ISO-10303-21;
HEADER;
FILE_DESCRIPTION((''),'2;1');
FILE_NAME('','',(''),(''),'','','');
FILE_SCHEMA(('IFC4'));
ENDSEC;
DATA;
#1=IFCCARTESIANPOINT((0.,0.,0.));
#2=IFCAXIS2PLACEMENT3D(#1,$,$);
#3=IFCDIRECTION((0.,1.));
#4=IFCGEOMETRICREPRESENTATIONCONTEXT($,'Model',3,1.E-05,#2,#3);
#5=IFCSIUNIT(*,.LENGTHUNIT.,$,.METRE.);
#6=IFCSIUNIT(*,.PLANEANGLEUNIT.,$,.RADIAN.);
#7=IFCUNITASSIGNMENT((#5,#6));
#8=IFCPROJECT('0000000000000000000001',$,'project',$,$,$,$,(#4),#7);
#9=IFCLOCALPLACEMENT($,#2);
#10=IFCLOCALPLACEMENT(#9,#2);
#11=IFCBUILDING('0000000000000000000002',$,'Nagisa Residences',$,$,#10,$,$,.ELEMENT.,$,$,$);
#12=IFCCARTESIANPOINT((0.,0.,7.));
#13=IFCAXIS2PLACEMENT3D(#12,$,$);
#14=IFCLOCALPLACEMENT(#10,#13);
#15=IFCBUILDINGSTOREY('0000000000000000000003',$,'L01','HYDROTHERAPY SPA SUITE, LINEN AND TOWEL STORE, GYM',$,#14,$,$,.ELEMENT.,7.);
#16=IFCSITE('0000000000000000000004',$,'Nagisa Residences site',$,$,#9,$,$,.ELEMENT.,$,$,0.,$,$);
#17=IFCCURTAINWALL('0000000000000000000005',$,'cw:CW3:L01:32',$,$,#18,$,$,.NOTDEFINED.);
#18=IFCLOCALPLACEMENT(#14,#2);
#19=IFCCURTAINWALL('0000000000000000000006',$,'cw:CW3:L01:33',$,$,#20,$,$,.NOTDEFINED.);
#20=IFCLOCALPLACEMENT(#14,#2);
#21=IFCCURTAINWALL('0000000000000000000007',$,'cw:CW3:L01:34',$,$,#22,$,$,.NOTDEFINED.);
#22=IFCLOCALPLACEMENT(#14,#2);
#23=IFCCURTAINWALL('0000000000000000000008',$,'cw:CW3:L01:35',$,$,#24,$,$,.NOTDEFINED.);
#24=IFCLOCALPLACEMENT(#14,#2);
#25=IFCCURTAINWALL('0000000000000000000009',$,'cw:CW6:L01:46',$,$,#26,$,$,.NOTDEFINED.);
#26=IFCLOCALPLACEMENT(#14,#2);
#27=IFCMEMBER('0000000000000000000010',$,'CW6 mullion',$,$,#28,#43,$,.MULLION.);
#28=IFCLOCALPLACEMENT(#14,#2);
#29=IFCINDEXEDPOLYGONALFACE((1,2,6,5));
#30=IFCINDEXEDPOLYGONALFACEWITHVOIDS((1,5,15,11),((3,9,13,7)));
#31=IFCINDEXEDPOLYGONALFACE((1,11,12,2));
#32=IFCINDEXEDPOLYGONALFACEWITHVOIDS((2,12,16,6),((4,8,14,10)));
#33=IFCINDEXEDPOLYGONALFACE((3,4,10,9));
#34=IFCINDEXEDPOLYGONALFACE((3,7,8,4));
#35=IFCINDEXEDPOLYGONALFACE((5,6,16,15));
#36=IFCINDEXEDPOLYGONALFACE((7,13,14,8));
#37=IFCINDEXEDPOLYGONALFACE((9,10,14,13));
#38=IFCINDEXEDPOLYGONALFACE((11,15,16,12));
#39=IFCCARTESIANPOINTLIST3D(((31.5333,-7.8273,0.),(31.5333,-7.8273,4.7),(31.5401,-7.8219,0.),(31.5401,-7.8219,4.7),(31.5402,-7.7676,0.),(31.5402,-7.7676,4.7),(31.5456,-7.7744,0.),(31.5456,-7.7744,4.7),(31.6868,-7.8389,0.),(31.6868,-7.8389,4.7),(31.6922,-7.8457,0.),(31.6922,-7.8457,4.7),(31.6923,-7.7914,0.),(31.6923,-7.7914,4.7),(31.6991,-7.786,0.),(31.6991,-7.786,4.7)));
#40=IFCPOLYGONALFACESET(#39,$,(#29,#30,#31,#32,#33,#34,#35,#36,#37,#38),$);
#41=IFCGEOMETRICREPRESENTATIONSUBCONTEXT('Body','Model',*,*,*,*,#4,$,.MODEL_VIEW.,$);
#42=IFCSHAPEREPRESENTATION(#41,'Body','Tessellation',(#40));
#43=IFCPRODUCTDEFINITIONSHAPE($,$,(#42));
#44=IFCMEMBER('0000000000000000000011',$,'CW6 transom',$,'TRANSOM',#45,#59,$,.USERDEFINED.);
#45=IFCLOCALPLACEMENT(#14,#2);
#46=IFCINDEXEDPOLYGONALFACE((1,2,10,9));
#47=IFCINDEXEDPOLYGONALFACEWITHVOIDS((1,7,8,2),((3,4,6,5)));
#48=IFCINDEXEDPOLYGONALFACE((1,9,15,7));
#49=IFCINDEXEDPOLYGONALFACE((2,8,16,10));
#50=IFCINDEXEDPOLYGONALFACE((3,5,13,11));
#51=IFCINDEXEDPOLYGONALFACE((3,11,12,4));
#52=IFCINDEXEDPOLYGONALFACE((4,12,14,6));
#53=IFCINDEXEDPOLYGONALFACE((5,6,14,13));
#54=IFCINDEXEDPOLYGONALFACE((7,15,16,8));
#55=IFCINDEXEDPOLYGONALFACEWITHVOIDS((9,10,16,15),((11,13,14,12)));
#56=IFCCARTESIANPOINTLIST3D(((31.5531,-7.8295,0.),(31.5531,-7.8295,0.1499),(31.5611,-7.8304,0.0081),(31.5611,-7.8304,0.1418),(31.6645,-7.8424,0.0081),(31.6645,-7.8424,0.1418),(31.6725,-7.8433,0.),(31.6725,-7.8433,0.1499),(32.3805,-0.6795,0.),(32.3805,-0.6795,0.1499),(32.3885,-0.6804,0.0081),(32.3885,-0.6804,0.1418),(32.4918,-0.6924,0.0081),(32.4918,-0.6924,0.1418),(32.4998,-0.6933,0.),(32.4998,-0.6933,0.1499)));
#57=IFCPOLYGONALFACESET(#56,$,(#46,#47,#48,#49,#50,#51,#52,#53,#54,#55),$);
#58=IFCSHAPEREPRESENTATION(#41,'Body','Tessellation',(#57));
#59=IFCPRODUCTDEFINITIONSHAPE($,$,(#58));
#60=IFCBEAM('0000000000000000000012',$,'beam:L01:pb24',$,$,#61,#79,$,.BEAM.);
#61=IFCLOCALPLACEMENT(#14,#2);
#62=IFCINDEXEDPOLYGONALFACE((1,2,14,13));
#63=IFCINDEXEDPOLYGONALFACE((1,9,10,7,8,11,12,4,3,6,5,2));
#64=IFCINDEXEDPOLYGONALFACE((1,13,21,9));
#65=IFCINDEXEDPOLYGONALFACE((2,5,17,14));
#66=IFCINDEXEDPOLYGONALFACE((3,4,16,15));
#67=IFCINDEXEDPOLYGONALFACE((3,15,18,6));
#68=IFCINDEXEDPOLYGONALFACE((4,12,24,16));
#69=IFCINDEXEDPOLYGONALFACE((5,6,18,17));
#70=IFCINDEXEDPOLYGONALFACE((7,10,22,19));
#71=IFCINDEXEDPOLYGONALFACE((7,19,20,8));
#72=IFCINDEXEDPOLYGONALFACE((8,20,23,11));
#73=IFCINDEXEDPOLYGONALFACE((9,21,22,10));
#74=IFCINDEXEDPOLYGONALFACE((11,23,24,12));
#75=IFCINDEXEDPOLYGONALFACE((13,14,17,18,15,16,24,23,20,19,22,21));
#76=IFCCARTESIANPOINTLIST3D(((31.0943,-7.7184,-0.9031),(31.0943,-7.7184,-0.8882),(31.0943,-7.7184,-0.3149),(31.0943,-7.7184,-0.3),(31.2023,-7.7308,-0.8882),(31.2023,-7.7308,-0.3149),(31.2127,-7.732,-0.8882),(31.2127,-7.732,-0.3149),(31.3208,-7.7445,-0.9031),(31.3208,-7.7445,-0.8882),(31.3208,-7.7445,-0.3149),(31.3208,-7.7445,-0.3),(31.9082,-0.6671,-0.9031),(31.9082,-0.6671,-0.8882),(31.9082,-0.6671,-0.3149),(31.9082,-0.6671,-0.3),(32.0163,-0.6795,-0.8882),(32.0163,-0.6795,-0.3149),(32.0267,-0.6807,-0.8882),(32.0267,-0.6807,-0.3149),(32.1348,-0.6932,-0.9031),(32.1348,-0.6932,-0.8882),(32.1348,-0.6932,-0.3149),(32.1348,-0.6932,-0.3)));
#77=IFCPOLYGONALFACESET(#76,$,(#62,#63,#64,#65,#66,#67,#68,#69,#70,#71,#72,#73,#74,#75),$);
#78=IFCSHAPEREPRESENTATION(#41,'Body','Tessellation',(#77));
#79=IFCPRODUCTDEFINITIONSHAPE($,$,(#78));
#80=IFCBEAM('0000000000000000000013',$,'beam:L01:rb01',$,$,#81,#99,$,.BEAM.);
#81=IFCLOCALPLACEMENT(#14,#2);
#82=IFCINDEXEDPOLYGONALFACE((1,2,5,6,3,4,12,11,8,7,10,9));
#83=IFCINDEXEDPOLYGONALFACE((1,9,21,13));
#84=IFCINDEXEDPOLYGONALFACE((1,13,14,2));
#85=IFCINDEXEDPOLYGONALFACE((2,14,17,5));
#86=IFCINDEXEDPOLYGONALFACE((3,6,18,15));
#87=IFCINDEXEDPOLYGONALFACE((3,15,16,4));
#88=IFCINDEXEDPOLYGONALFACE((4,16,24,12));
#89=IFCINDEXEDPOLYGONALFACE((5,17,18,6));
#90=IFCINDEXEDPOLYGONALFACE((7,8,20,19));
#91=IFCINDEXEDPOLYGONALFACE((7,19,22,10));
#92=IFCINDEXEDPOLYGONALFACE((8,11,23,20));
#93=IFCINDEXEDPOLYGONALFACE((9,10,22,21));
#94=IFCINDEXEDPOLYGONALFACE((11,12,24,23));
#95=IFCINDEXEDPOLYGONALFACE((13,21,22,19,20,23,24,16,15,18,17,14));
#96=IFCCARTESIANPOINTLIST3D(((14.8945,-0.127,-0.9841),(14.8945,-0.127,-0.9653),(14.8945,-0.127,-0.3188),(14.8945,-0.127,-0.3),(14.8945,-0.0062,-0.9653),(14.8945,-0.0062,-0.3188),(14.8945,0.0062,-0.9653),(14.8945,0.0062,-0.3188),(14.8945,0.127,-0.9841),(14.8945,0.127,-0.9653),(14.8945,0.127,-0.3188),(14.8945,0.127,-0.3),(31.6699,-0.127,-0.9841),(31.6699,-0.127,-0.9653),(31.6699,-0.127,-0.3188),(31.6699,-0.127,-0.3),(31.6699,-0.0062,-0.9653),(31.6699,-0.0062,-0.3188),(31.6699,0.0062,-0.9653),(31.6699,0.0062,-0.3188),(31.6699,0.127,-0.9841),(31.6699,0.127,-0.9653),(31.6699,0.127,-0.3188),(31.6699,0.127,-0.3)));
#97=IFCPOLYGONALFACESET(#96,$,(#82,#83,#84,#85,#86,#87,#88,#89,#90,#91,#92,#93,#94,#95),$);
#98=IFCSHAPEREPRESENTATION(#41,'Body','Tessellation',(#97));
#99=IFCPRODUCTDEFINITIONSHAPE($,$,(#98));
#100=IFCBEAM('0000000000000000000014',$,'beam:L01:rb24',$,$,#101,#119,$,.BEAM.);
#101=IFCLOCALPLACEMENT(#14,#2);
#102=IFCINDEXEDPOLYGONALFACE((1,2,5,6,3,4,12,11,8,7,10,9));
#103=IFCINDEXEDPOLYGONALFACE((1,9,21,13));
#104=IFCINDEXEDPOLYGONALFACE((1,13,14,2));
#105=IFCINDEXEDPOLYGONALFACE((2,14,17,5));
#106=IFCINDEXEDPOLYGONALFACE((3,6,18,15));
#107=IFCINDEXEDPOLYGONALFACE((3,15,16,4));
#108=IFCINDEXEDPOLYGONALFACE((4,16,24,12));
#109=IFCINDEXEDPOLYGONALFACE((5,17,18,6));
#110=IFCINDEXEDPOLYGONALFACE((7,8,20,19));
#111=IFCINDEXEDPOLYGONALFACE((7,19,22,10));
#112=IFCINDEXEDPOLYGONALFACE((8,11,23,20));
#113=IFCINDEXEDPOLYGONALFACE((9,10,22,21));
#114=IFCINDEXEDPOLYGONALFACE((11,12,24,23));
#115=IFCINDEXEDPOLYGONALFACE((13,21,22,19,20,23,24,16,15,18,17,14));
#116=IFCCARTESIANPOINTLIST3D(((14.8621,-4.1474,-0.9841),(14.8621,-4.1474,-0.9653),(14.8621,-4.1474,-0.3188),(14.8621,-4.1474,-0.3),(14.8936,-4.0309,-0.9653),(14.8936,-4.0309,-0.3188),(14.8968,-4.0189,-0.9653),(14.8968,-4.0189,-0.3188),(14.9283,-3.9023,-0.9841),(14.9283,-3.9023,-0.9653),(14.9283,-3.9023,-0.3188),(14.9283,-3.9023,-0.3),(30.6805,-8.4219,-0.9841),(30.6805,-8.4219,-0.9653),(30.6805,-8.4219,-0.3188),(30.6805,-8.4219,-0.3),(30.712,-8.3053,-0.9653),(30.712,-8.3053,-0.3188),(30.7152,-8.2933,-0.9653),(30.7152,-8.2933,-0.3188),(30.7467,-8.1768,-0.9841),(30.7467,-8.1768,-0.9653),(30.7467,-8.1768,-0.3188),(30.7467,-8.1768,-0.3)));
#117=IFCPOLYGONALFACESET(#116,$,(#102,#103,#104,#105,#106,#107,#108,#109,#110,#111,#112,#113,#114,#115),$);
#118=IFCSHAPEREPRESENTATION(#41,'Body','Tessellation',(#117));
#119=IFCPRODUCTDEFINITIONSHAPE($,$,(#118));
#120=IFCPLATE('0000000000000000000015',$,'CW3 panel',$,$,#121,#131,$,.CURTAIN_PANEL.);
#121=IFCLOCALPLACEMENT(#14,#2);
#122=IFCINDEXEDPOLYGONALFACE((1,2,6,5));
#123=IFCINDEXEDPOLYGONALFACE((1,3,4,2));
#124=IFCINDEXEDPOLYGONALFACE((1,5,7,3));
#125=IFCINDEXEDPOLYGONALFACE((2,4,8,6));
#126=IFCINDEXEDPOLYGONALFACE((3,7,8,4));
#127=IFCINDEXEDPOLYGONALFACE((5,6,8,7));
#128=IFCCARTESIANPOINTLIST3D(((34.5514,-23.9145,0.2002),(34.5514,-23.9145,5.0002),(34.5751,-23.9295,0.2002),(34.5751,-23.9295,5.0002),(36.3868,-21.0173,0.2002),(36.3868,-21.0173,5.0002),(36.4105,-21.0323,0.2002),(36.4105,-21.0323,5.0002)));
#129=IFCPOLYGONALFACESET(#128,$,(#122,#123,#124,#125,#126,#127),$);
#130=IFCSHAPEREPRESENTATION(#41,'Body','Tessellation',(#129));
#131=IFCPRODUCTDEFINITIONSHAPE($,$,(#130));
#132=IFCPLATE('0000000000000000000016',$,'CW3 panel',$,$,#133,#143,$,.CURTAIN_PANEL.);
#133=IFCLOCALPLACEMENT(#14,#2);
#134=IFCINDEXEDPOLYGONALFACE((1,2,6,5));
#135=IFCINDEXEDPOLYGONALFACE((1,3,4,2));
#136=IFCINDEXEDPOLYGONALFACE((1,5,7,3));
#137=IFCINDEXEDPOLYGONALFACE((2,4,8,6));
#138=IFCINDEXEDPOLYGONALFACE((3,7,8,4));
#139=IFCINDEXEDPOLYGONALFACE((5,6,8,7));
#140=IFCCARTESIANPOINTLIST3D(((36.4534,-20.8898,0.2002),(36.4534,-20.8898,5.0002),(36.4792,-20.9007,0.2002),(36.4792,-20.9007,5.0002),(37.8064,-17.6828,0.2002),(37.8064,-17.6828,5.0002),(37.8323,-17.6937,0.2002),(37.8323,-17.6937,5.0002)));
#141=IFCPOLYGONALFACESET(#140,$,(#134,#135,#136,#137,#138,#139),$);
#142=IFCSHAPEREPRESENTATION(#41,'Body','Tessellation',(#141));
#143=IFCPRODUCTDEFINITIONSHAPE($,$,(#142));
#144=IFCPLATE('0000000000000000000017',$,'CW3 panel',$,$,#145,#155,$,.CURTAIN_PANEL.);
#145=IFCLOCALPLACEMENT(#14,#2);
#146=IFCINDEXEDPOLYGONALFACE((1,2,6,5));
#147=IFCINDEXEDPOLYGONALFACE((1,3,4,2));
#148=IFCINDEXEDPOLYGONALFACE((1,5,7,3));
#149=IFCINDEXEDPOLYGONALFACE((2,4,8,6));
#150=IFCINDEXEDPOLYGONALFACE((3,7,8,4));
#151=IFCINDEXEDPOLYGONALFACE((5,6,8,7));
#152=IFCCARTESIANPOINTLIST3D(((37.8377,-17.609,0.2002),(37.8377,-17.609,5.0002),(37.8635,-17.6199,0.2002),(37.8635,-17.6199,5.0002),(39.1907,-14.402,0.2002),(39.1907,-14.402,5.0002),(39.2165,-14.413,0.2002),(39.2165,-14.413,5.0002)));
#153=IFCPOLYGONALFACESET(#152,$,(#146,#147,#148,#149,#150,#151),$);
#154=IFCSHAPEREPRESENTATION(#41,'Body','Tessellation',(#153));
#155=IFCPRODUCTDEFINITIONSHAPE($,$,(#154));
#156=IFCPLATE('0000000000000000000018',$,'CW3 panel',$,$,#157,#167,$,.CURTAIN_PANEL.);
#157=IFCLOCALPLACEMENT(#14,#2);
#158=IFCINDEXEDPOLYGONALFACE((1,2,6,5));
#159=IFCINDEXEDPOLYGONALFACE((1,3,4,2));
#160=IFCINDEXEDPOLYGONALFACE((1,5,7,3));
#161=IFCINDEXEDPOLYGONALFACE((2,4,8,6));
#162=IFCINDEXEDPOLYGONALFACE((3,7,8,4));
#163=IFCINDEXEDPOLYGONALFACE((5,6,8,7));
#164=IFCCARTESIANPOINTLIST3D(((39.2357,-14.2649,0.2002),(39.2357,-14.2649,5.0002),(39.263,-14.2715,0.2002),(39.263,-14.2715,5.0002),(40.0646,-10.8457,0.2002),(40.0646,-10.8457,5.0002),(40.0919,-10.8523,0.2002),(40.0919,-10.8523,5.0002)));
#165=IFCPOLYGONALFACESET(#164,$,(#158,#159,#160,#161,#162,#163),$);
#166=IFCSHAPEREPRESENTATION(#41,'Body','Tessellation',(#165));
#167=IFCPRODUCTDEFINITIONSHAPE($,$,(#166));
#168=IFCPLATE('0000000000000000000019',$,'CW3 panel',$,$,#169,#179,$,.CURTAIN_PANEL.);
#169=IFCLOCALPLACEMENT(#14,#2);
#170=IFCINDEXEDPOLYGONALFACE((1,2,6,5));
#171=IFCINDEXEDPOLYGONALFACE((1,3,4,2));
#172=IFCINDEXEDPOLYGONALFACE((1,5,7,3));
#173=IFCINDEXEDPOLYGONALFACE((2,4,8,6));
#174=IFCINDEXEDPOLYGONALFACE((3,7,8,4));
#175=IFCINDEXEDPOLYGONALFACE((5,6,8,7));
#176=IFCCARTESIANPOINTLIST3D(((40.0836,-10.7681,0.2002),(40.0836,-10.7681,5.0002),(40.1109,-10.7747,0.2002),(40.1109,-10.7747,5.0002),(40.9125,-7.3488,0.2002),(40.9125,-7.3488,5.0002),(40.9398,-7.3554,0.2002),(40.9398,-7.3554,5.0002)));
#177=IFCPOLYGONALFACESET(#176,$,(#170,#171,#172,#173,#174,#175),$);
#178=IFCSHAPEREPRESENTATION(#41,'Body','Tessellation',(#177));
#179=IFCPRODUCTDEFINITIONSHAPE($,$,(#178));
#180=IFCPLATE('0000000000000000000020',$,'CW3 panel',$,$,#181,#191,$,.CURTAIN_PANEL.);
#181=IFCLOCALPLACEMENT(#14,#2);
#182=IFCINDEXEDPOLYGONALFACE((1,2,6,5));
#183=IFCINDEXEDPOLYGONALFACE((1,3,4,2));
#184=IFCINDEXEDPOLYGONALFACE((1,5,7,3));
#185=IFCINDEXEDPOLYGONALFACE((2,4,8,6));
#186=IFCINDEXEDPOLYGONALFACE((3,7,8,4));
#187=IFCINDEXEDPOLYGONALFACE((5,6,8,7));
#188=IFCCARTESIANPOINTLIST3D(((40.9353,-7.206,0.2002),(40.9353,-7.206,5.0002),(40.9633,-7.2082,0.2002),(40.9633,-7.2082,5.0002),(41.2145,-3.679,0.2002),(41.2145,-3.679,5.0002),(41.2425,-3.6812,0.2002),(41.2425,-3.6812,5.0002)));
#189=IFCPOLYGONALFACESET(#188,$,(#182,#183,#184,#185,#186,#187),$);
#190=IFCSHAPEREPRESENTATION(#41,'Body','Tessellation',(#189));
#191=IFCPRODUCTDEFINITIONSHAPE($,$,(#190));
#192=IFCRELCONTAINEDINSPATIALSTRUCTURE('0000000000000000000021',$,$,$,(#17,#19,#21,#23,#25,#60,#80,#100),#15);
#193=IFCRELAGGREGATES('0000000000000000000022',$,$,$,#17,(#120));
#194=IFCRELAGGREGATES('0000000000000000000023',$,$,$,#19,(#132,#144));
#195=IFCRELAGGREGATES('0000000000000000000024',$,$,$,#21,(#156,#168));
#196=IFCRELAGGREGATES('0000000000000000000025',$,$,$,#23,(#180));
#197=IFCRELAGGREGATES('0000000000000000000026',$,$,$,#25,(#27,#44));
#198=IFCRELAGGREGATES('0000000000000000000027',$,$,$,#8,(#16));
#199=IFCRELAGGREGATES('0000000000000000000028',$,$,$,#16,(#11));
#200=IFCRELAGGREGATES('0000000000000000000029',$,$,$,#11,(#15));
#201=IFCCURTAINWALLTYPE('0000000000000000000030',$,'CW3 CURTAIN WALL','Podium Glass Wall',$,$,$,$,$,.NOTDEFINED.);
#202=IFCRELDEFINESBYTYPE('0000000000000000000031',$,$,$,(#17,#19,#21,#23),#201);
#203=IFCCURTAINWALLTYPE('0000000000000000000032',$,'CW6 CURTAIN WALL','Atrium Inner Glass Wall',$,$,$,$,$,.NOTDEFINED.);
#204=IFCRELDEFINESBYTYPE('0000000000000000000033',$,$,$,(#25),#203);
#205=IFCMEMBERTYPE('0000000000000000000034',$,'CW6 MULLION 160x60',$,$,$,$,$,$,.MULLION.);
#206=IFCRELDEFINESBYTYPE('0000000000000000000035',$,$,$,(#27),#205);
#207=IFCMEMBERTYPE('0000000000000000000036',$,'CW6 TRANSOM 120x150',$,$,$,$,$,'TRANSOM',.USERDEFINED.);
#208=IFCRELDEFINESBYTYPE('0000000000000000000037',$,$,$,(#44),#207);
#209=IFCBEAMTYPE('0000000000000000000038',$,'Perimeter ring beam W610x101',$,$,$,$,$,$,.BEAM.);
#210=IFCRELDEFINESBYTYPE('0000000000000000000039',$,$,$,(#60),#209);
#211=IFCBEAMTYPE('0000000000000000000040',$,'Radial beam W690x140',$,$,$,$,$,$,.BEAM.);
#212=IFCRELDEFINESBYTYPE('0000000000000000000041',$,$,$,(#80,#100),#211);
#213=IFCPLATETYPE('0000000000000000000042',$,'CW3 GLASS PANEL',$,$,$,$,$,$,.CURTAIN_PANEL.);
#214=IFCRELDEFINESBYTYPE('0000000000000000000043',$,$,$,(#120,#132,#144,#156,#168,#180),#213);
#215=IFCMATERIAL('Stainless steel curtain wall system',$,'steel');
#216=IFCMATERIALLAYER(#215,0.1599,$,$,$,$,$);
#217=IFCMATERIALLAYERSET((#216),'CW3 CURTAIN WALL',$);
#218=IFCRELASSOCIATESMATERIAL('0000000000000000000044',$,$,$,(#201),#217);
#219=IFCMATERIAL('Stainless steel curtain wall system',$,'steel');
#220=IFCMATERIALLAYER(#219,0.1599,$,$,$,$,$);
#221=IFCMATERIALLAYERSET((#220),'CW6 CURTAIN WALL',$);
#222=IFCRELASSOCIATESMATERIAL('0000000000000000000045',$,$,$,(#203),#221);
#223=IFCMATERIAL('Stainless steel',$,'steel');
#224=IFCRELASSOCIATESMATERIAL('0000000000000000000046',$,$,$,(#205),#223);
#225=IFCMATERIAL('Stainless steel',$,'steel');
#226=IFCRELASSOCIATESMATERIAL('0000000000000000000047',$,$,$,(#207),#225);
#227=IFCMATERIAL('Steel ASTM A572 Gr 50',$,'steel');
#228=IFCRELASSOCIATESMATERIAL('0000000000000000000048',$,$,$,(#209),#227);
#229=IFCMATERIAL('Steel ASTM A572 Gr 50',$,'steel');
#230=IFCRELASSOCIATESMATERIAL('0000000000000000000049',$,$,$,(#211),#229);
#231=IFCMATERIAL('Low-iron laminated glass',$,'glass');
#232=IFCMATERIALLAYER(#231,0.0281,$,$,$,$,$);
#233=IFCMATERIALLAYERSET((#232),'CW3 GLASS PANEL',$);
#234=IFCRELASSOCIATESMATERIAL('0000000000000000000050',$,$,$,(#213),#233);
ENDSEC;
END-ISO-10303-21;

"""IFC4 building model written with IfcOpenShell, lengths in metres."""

from ifc_helpers import new_model, si_unit, direction, frame, origin, origin_2d, place, context, subcontext, project, spatial, rectangle, hollow_rectangle, i_section, extrude, material, layer, layer_set, material_profile, profile_set, type_object, element, aggregate, save


model = new_model("IFC4")

# Units and contexts
model_context = context("Model", 3, precision=1e-05, world=origin(), true_north=direction((0.0, 1.0)))
body_context = subcontext(model_context, "Body", "Model", "MODEL_VIEW")
ifc_project = project(units=[si_unit("LENGTHUNIT", "METRE"), si_unit("PLANEANGLEUNIT", "RADIAN")], contexts=[model_context])

# Site, building, storey
site_placement = place(None, origin())
site = spatial("IfcSite", under=ifc_project, at=site_placement, Name="Nagisa Residences site", CompositionType="ELEMENT", RefElevation=0.0)
building_placement = place(site_placement, origin())
building = spatial("IfcBuilding", under=site, at=building_placement, Name="Nagisa Residences", CompositionType="ELEMENT")
storey_placement = place(building_placement, frame((0.0, 0.0, 7.0)))
storey = spatial("IfcBuildingStorey", under=building, at=storey_placement, Name="L01", Description="HYDROTHERAPY SPA SUITE, LINEN AND TOWEL STORE, GYM", CompositionType="ELEMENT", Elevation=7.0)

# Curtain wall
ifc_material_1 = material(Name="Stainless steel curtain wall system", Category="steel")
ifc_layer_1 = layer(ifc_material_1, 0.1599)
ifc_layer_set_1 = layer_set([ifc_layer_1], Name="CW3 CURTAIN WALL")
curtain_wall_type_1 = type_object("IfcCurtainWallType", Name="CW3 CURTAIN WALL", Description="Podium Glass Wall", PredefinedType="NOTDEFINED", material=ifc_layer_set_1)
curtain_wall_1_placement = place(storey_placement, origin())
curtain_wall_1 = element("IfcCurtainWall", 1, at=curtain_wall_1_placement, inside=storey, type_object=curtain_wall_type_1, Name="cw:CW3:L01:32", PredefinedType="NOTDEFINED")

# Curtain walls
curtain_wall_2_placement = place(storey_placement, origin())
curtain_wall_2 = element("IfcCurtainWall", 2, at=curtain_wall_2_placement, inside=storey, type_object=curtain_wall_type_1, Name="cw:CW3:L01:33", PredefinedType="NOTDEFINED")
curtain_wall_3_placement = place(storey_placement, origin())
curtain_wall_3 = element("IfcCurtainWall", 3, at=curtain_wall_3_placement, inside=storey, type_object=curtain_wall_type_1, Name="cw:CW3:L01:34", PredefinedType="NOTDEFINED")
curtain_wall_4_placement = place(storey_placement, origin())
curtain_wall_4 = element("IfcCurtainWall", 4, at=curtain_wall_4_placement, inside=storey, type_object=curtain_wall_type_1, Name="cw:CW3:L01:35", PredefinedType="NOTDEFINED")

# Curtain wall, members
ifc_material_2 = material(Name="Stainless steel curtain wall system", Category="steel")
ifc_layer_2 = layer(ifc_material_2, 0.1599)
ifc_layer_set_2 = layer_set([ifc_layer_2], Name="CW6 CURTAIN WALL")
curtain_wall_type_2 = type_object("IfcCurtainWallType", Name="CW6 CURTAIN WALL", Description="Atrium Inner Glass Wall", PredefinedType="NOTDEFINED", material=ifc_layer_set_2)
curtain_wall_5_placement = place(storey_placement, origin())
curtain_wall_5 = element("IfcCurtainWall", 5, at=curtain_wall_5_placement, inside=storey, type_object=curtain_wall_type_2, Name="cw:CW6:L01:46", PredefinedType="NOTDEFINED")
ifc_material_3 = material(Name="Stainless steel", Category="steel")
ifc_material_profile_1 = material_profile(ifc_material_3, hollow_rectangle(XDim=0.1599, YDim=0.0601, WallThickness=0.0061, at=origin_2d()), Name="CW6 MULLION 160x60")
ifc_profile_set_1 = profile_set([ifc_material_profile_1], Name="Stainless steel")
member_type_1 = type_object("IfcMemberType", Name="CW6 MULLION 160x60", PredefinedType="MULLION", material=ifc_profile_set_1)
member_1_placement = place(storey_placement, frame((31.6162, -7.8066, 0.0), z_axis=(0.0, 0.0, 1.0), x_axis=(-0.993374, 0.114928, 0.0)))
member_1 = element("IfcMember", 6, at=member_1_placement, type_object=member_type_1, Name="CW6 mullion", PredefinedType="MULLION", context=body_context, shape_type="SweptSolid", body=[
    extrude(hollow_rectangle(XDim=0.1599, YDim=0.0601, WallThickness=0.0061, at=origin_2d()), origin(), (0.0, 0.0, 1.0), 4.7),
])
ifc_material_4 = material(Name="Stainless steel", Category="steel")
ifc_material_profile_2 = material_profile(ifc_material_4, hollow_rectangle(XDim=0.1201, YDim=0.1499, WallThickness=0.0081, at=origin_2d()), Name="CW6 TRANSOM 120x150")
ifc_profile_set_2 = profile_set([ifc_material_profile_2], Name="Stainless steel")
member_type_2 = type_object("IfcMemberType", Name="CW6 TRANSOM 120x150", ElementType="TRANSOM", PredefinedType="USERDEFINED", material=ifc_profile_set_2)
member_2_placement = place(storey_placement, frame((31.6128, -7.8364, 0.075), z_axis=(0.11495, 0.993371, 0.0), x_axis=(-0.993371, 0.11495, 0.0)))
member_2 = element("IfcMember", 7, at=member_2_placement, type_object=member_type_2, Name="CW6 transom", ObjectType="TRANSOM", PredefinedType="USERDEFINED", context=body_context, shape_type="SweptSolid", body=[
    extrude(hollow_rectangle(XDim=0.1201, YDim=0.1499, WallThickness=0.0081, at=origin_2d()), origin(), (0.0, 0.0, 1.0), 7.1978),
])

# Beams
ifc_material_5 = material(Name="Steel ASTM A572 Gr 50", Category="steel")
ifc_material_profile_3 = material_profile(ifc_material_5, i_section(OverallWidth=0.228, OverallDepth=0.603, WebThickness=0.0105, FlangeThickness=0.0149, at=origin_2d()), Name="W610x101")
ifc_profile_set_3 = profile_set([ifc_material_profile_3], Name="Steel ASTM A572 Gr 50")
beam_type_1 = type_object("IfcBeamType", Name="Perimeter ring beam W610x101", PredefinedType="BEAM", material=ifc_profile_set_3)
beam_1_placement = place(storey_placement, frame((31.2075, -7.7314, -0.6016), z_axis=(0.114674, 0.993403, 0.0), x_axis=(-0.993403, 0.114674, 0.0)))
element("IfcBeam", 8, at=beam_1_placement, inside=storey, type_object=beam_type_1, Name="beam:L01:pb24", PredefinedType="BEAM", context=body_context, shape_type="SweptSolid", body=[
    extrude(i_section(OverallWidth=0.228, OverallDepth=0.603, WebThickness=0.0105, FlangeThickness=0.0149, at=origin_2d()), origin(), (0.0, 0.0, 1.0), 7.0981),
])
ifc_material_6 = material(Name="Steel ASTM A572 Gr 50", Category="steel")
ifc_material_profile_4 = material_profile(ifc_material_6, i_section(OverallWidth=0.2539, OverallDepth=0.6841, WebThickness=0.0125, FlangeThickness=0.0188, at=origin_2d()), Name="W690x140")
ifc_profile_set_4 = profile_set([ifc_material_profile_4], Name="Steel ASTM A572 Gr 50")
beam_type_2 = type_object("IfcBeamType", Name="Radial beam W690x140", PredefinedType="BEAM", material=ifc_profile_set_4)
beam_2_placement = place(storey_placement, frame((31.6699, 0.0, -0.6421), z_axis=(-1.0, 0.0, 0.0), x_axis=(0.0, -1.0, 0.0)))
element("IfcBeam", 9, at=beam_2_placement, inside=storey, type_object=beam_type_2, Name="beam:L01:rb01", PredefinedType="BEAM", context=body_context, shape_type="SweptSolid", body=[
    extrude(i_section(OverallWidth=0.2539, OverallDepth=0.6841, WebThickness=0.0125, FlangeThickness=0.0188, at=origin_2d()), origin(), (0.0, 0.0, 1.0), 16.7754),
])
beam_3_placement = place(storey_placement, frame((30.7136, -8.2993, -0.6421), z_axis=(-0.965376, 0.260862, 0.0), x_axis=(-0.260862, -0.965376, 0.0)))
element("IfcBeam", 10, at=beam_3_placement, inside=storey, type_object=beam_type_2, Name="beam:L01:rb24", PredefinedType="BEAM", context=body_context, shape_type="SweptSolid", body=[
    extrude(i_section(OverallWidth=0.2539, OverallDepth=0.6841, WebThickness=0.0125, FlangeThickness=0.0188, at=origin_2d()), origin(), (0.0, 0.0, 1.0), 16.3857),
])

# Plates
ifc_material_7 = material(Name="Low-iron laminated glass", Category="glass")
ifc_layer_3 = layer(ifc_material_7, 0.0281)
ifc_layer_set_3 = layer_set([ifc_layer_3], Name="CW3 GLASS PANEL")
plate_type_1 = type_object("IfcPlateType", Name="CW3 GLASS PANEL", PredefinedType="CURTAIN_PANEL", material=ifc_layer_set_3)
plate_1_placement = place(storey_placement, frame((35.481, -22.4734, 0.2002), z_axis=(0.0, 0.0, 1.0), x_axis=(0.535165, 0.844747, 0.0)))
plate_1 = element("IfcPlate", 11, at=plate_1_placement, type_object=plate_type_1, Name="CW3 panel", PredefinedType="CURTAIN_PANEL", context=body_context, shape_type="SweptSolid", body=[
    extrude(rectangle(XDim=3.4297, YDim=0.0281, at=origin_2d()), origin(), (0.0, 0.0, 1.0), 4.8),
])
aggregate(curtain_wall_1, [plate_1])
plate_2_placement = place(storey_placement, frame((37.1428, -19.2917, 0.2002), z_axis=(0.0, 0.0, 1.0), x_axis=(0.388718, 0.921357, 0.0)))
plate_2 = element("IfcPlate", 12, at=plate_2_placement, type_object=plate_type_1, Name="CW3 panel", PredefinedType="CURTAIN_PANEL", context=body_context, shape_type="SweptSolid", body=[
    extrude(rectangle(XDim=3.4807, YDim=0.0281, at=origin_2d()), origin(), (0.0, 0.0, 1.0), 4.8),
])
plate_3_placement = place(storey_placement, frame((38.5271, -16.011, 0.2002), z_axis=(0.0, 0.0, 1.0), x_axis=(0.388718, 0.921357, 0.0)))
plate_3 = element("IfcPlate", 13, at=plate_3_placement, type_object=plate_type_1, Name="CW3 panel", PredefinedType="CURTAIN_PANEL", context=body_context, shape_type="SweptSolid", body=[
    extrude(rectangle(XDim=3.4807, YDim=0.0281, at=origin_2d()), origin(), (0.0, 0.0, 1.0), 4.8),
])
aggregate(curtain_wall_2, [plate_2, plate_3])
plate_4_placement = place(storey_placement, frame((39.6638, -12.5586, 0.2002), z_axis=(0.0, 0.0, 1.0), x_axis=(0.235606, 0.971849, 0.0)))
plate_4 = element("IfcPlate", 14, at=plate_4_placement, type_object=plate_type_1, Name="CW3 panel", PredefinedType="CURTAIN_PANEL", context=body_context, shape_type="SweptSolid", body=[
    extrude(rectangle(XDim=3.5183, YDim=0.0281, at=origin_2d()), origin(), (0.0, 0.0, 1.0), 4.8),
])
plate_5_placement = place(storey_placement, frame((40.5117, -9.0618, 0.2002), z_axis=(0.0, 0.0, 1.0), x_axis=(0.235606, 0.971849, 0.0)))
plate_5 = element("IfcPlate", 15, at=plate_5_placement, type_object=plate_type_1, Name="CW3 panel", PredefinedType="CURTAIN_PANEL", context=body_context, shape_type="SweptSolid", body=[
    extrude(rectangle(XDim=3.5183, YDim=0.0281, at=origin_2d()), origin(), (0.0, 0.0, 1.0), 4.8),
])
aggregate(curtain_wall_3, [plate_4, plate_5])
plate_6_placement = place(storey_placement, frame((41.0889, -5.4436, 0.2002), z_axis=(0.0, 0.0, 1.0), x_axis=(0.07891, 0.996882, 0.0)))
plate_6 = element("IfcPlate", 16, at=plate_6_placement, type_object=plate_type_1, Name="CW3 panel", PredefinedType="CURTAIN_PANEL", context=body_context, shape_type="SweptSolid", body=[
    extrude(rectangle(XDim=3.5381, YDim=0.0281, at=origin_2d()), origin(), (0.0, 0.0, 1.0), 4.8),
])
aggregate(curtain_wall_4, [plate_6])
aggregate(curtain_wall_5, [member_1, member_2])

save(model, "model.ifc")
